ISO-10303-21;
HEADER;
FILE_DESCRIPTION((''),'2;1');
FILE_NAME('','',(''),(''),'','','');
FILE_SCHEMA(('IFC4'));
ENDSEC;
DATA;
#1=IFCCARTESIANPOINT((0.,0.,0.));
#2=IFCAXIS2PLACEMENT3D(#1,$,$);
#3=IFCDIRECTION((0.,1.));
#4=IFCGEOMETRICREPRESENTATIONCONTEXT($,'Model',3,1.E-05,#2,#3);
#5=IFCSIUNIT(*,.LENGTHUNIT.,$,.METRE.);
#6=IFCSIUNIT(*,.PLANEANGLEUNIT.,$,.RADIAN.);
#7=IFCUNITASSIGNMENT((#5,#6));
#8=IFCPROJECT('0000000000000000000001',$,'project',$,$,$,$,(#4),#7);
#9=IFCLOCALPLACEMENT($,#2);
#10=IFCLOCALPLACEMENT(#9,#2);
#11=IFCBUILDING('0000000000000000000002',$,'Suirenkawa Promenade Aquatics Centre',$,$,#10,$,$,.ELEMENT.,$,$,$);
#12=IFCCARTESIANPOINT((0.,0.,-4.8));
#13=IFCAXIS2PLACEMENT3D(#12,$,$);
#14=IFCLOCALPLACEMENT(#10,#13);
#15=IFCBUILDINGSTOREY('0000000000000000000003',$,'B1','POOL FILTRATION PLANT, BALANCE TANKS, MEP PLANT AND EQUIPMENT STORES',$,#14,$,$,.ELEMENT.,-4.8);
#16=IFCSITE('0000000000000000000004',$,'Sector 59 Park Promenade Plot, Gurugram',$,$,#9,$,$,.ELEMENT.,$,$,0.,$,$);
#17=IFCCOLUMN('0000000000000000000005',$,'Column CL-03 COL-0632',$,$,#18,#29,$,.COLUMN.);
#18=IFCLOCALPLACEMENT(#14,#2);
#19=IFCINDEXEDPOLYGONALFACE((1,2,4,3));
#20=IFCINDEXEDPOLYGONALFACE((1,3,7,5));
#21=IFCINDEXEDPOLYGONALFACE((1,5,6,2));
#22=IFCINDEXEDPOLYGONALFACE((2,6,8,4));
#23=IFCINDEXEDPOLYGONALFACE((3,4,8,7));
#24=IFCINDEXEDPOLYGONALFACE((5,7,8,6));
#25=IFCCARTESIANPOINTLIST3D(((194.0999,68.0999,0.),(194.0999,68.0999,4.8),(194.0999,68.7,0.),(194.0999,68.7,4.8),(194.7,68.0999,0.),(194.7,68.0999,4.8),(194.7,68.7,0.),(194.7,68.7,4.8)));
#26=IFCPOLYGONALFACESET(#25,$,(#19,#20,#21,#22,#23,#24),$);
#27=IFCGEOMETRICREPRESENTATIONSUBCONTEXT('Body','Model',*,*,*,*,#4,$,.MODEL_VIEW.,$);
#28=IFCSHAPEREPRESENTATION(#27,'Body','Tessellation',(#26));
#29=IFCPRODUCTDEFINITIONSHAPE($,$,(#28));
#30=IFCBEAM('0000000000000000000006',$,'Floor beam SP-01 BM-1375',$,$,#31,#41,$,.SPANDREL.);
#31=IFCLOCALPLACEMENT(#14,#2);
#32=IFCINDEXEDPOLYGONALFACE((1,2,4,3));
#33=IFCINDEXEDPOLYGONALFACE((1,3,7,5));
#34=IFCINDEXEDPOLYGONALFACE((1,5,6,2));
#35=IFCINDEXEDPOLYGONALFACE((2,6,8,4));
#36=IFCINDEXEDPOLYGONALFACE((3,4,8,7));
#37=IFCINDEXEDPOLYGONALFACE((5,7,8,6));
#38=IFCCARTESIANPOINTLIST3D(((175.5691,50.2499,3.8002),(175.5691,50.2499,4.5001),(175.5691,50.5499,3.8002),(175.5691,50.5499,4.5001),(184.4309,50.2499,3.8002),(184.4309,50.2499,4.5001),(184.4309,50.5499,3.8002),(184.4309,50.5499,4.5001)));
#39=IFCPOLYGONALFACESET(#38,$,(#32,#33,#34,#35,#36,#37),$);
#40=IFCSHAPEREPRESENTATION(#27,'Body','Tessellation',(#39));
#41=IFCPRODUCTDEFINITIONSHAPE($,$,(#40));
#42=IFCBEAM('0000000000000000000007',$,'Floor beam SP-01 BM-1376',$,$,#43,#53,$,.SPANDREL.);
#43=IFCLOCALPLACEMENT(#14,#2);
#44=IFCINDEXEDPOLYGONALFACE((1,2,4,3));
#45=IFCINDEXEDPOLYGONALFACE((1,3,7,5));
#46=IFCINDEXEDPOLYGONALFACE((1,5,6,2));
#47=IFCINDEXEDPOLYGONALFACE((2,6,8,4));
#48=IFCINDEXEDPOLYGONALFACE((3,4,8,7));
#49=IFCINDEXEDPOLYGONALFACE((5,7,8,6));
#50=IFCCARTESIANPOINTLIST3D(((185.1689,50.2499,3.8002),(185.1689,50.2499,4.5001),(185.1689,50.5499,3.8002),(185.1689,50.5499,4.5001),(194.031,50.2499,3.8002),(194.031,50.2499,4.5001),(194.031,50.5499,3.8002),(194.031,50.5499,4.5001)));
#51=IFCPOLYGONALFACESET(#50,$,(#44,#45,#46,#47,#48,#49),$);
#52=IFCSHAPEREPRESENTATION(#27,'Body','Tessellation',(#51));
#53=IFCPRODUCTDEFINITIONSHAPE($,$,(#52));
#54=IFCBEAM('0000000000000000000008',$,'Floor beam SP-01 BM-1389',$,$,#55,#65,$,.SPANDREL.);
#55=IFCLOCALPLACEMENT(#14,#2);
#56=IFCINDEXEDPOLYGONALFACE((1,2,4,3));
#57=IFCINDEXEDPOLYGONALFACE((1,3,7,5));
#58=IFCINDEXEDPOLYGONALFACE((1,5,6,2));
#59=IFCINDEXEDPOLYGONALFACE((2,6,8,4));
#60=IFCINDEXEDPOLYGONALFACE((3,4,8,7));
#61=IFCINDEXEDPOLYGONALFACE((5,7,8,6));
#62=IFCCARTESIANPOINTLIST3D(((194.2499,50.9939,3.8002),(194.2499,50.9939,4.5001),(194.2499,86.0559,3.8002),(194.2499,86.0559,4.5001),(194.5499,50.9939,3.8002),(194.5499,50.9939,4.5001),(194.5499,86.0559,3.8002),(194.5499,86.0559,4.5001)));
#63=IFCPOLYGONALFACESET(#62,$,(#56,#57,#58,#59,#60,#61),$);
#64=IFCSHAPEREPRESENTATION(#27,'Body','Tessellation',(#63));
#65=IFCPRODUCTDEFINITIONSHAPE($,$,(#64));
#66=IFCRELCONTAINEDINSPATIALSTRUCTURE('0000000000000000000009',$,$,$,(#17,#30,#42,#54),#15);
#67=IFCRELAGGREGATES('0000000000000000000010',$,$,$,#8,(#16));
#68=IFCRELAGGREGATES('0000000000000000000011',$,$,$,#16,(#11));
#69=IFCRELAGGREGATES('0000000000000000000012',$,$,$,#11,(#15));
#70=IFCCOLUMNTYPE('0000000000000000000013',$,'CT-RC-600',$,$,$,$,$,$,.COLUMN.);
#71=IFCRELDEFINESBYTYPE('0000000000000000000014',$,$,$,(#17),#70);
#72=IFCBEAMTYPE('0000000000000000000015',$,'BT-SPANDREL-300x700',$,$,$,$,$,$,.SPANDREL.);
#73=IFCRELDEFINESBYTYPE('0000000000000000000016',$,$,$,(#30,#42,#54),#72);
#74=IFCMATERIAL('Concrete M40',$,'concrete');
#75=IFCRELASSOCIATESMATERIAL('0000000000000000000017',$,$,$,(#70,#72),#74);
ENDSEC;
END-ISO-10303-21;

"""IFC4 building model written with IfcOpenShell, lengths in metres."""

from ifc_helpers import new_model, si_unit, direction, frame, origin, origin_2d, place, context, subcontext, project, spatial, rectangle, extrude, material, material_profile, profile_set, type_object, element, save


model = new_model("IFC4")

# Units and contexts
model_context = context("Model", 3, precision=1e-05, world=origin(), true_north=direction((0.0, 1.0)))
body_context = subcontext(model_context, "Body", "Model", "MODEL_VIEW")
ifc_project = project(units=[si_unit("LENGTHUNIT", "METRE"), si_unit("PLANEANGLEUNIT", "RADIAN")], contexts=[model_context])

# Site, building, storey
site_placement = place(None, origin())
site = spatial("IfcSite", under=ifc_project, at=site_placement, Name="Sector 59 Park Promenade Plot, Gurugram", CompositionType="ELEMENT", RefElevation=0.0)
building_placement = place(site_placement, origin())
building = spatial("IfcBuilding", under=site, at=building_placement, Name="Suirenkawa Promenade Aquatics Centre", CompositionType="ELEMENT")
storey_placement = place(building_placement, frame((0.0, 0.0, -4.8)))
storey = spatial("IfcBuildingStorey", under=building, at=storey_placement, Name="B1", Description="POOL FILTRATION PLANT, BALANCE TANKS, MEP PLANT AND EQUIPMENT STORES", CompositionType="ELEMENT", Elevation=-4.8)

# Column
ifc_material_1 = material(Name="Concrete M40", Category="concrete")
ifc_material_profile_1 = material_profile(ifc_material_1, rectangle(XDim=0.6001, YDim=0.6001, at=origin_2d()), Name="RC COL 600x600", Category="concrete")
ifc_profile_set_1 = profile_set([ifc_material_profile_1], Name="Concrete M40")
column_type_1 = type_object("IfcColumnType", Name="CT-RC-600", PredefinedType="COLUMN", material=ifc_profile_set_1)
for number, where, z_axis, x_axis, name in (
    (1, (194.3999, 68.3999, 0.0), (0.0, 0.0, 1.0), (1.0, 0.0, 0.0), "Column CL-03 COL-0632"),
):
    element("IfcColumn", number, at=place(storey_placement, frame(where, z_axis=z_axis, x_axis=x_axis)), inside=storey, type_object=column_type_1, Name=name, PredefinedType="COLUMN", context=body_context, shape_type="SweptSolid", body=[
        extrude(rectangle(XDim=0.6001, YDim=0.6001, at=origin_2d()), origin(), (0.0, 0.0, 1.0), 4.8),
    ])

# Beams
ifc_material_profile_2 = material_profile(ifc_material_1, rectangle(XDim=0.3, YDim=0.7, at=origin_2d()), Name="RC SPANDREL 300x700", Category="concrete")
ifc_profile_set_2 = profile_set([ifc_material_profile_2], Name="Concrete M40")
beam_type = type_object("IfcBeamType", Name="BT-SPANDREL-300x700", PredefinedType="SPANDREL", material=ifc_profile_set_2)
beam_1_placement = place(storey_placement, frame((175.5691, 50.3999, 4.1501), z_axis=(1.0, 0.0, 0.0), x_axis=(0.0, 1.0, 0.0)))
element("IfcBeam", 2, at=beam_1_placement, inside=storey, type_object=beam_type, Name="Floor beam SP-01 BM-1375", PredefinedType="SPANDREL", context=body_context, shape_type="SweptSolid", body=[
    extrude(rectangle(XDim=0.3, YDim=0.7, at=origin_2d()), origin(), (0.0, 0.0, 1.0), 8.8618),
])
beam_2_placement = place(storey_placement, frame((185.1689, 50.3999, 4.1501), z_axis=(1.0, 0.0, 0.0), x_axis=(0.0, 1.0, 0.0)))
element("IfcBeam", 3, at=beam_2_placement, inside=storey, type_object=beam_type, Name="Floor beam SP-01 BM-1376", PredefinedType="SPANDREL", context=body_context, shape_type="SweptSolid", body=[
    extrude(rectangle(XDim=0.3, YDim=0.7, at=origin_2d()), origin(), (0.0, 0.0, 1.0), 8.8621),
])
beam_3_placement = place(storey_placement, frame((194.3999, 50.9939, 4.1501), z_axis=(0.0, 1.0, 0.0), x_axis=(-1.0, 0.0, 0.0)))
element("IfcBeam", 4, at=beam_3_placement, inside=storey, type_object=beam_type, Name="Floor beam SP-01 BM-1389", PredefinedType="SPANDREL", context=body_context, shape_type="SweptSolid", body=[
    extrude(rectangle(XDim=0.3, YDim=0.7, at=origin_2d()), origin(), (0.0, 0.0, 1.0), 35.062),
])

save(model, "model.ifc")
